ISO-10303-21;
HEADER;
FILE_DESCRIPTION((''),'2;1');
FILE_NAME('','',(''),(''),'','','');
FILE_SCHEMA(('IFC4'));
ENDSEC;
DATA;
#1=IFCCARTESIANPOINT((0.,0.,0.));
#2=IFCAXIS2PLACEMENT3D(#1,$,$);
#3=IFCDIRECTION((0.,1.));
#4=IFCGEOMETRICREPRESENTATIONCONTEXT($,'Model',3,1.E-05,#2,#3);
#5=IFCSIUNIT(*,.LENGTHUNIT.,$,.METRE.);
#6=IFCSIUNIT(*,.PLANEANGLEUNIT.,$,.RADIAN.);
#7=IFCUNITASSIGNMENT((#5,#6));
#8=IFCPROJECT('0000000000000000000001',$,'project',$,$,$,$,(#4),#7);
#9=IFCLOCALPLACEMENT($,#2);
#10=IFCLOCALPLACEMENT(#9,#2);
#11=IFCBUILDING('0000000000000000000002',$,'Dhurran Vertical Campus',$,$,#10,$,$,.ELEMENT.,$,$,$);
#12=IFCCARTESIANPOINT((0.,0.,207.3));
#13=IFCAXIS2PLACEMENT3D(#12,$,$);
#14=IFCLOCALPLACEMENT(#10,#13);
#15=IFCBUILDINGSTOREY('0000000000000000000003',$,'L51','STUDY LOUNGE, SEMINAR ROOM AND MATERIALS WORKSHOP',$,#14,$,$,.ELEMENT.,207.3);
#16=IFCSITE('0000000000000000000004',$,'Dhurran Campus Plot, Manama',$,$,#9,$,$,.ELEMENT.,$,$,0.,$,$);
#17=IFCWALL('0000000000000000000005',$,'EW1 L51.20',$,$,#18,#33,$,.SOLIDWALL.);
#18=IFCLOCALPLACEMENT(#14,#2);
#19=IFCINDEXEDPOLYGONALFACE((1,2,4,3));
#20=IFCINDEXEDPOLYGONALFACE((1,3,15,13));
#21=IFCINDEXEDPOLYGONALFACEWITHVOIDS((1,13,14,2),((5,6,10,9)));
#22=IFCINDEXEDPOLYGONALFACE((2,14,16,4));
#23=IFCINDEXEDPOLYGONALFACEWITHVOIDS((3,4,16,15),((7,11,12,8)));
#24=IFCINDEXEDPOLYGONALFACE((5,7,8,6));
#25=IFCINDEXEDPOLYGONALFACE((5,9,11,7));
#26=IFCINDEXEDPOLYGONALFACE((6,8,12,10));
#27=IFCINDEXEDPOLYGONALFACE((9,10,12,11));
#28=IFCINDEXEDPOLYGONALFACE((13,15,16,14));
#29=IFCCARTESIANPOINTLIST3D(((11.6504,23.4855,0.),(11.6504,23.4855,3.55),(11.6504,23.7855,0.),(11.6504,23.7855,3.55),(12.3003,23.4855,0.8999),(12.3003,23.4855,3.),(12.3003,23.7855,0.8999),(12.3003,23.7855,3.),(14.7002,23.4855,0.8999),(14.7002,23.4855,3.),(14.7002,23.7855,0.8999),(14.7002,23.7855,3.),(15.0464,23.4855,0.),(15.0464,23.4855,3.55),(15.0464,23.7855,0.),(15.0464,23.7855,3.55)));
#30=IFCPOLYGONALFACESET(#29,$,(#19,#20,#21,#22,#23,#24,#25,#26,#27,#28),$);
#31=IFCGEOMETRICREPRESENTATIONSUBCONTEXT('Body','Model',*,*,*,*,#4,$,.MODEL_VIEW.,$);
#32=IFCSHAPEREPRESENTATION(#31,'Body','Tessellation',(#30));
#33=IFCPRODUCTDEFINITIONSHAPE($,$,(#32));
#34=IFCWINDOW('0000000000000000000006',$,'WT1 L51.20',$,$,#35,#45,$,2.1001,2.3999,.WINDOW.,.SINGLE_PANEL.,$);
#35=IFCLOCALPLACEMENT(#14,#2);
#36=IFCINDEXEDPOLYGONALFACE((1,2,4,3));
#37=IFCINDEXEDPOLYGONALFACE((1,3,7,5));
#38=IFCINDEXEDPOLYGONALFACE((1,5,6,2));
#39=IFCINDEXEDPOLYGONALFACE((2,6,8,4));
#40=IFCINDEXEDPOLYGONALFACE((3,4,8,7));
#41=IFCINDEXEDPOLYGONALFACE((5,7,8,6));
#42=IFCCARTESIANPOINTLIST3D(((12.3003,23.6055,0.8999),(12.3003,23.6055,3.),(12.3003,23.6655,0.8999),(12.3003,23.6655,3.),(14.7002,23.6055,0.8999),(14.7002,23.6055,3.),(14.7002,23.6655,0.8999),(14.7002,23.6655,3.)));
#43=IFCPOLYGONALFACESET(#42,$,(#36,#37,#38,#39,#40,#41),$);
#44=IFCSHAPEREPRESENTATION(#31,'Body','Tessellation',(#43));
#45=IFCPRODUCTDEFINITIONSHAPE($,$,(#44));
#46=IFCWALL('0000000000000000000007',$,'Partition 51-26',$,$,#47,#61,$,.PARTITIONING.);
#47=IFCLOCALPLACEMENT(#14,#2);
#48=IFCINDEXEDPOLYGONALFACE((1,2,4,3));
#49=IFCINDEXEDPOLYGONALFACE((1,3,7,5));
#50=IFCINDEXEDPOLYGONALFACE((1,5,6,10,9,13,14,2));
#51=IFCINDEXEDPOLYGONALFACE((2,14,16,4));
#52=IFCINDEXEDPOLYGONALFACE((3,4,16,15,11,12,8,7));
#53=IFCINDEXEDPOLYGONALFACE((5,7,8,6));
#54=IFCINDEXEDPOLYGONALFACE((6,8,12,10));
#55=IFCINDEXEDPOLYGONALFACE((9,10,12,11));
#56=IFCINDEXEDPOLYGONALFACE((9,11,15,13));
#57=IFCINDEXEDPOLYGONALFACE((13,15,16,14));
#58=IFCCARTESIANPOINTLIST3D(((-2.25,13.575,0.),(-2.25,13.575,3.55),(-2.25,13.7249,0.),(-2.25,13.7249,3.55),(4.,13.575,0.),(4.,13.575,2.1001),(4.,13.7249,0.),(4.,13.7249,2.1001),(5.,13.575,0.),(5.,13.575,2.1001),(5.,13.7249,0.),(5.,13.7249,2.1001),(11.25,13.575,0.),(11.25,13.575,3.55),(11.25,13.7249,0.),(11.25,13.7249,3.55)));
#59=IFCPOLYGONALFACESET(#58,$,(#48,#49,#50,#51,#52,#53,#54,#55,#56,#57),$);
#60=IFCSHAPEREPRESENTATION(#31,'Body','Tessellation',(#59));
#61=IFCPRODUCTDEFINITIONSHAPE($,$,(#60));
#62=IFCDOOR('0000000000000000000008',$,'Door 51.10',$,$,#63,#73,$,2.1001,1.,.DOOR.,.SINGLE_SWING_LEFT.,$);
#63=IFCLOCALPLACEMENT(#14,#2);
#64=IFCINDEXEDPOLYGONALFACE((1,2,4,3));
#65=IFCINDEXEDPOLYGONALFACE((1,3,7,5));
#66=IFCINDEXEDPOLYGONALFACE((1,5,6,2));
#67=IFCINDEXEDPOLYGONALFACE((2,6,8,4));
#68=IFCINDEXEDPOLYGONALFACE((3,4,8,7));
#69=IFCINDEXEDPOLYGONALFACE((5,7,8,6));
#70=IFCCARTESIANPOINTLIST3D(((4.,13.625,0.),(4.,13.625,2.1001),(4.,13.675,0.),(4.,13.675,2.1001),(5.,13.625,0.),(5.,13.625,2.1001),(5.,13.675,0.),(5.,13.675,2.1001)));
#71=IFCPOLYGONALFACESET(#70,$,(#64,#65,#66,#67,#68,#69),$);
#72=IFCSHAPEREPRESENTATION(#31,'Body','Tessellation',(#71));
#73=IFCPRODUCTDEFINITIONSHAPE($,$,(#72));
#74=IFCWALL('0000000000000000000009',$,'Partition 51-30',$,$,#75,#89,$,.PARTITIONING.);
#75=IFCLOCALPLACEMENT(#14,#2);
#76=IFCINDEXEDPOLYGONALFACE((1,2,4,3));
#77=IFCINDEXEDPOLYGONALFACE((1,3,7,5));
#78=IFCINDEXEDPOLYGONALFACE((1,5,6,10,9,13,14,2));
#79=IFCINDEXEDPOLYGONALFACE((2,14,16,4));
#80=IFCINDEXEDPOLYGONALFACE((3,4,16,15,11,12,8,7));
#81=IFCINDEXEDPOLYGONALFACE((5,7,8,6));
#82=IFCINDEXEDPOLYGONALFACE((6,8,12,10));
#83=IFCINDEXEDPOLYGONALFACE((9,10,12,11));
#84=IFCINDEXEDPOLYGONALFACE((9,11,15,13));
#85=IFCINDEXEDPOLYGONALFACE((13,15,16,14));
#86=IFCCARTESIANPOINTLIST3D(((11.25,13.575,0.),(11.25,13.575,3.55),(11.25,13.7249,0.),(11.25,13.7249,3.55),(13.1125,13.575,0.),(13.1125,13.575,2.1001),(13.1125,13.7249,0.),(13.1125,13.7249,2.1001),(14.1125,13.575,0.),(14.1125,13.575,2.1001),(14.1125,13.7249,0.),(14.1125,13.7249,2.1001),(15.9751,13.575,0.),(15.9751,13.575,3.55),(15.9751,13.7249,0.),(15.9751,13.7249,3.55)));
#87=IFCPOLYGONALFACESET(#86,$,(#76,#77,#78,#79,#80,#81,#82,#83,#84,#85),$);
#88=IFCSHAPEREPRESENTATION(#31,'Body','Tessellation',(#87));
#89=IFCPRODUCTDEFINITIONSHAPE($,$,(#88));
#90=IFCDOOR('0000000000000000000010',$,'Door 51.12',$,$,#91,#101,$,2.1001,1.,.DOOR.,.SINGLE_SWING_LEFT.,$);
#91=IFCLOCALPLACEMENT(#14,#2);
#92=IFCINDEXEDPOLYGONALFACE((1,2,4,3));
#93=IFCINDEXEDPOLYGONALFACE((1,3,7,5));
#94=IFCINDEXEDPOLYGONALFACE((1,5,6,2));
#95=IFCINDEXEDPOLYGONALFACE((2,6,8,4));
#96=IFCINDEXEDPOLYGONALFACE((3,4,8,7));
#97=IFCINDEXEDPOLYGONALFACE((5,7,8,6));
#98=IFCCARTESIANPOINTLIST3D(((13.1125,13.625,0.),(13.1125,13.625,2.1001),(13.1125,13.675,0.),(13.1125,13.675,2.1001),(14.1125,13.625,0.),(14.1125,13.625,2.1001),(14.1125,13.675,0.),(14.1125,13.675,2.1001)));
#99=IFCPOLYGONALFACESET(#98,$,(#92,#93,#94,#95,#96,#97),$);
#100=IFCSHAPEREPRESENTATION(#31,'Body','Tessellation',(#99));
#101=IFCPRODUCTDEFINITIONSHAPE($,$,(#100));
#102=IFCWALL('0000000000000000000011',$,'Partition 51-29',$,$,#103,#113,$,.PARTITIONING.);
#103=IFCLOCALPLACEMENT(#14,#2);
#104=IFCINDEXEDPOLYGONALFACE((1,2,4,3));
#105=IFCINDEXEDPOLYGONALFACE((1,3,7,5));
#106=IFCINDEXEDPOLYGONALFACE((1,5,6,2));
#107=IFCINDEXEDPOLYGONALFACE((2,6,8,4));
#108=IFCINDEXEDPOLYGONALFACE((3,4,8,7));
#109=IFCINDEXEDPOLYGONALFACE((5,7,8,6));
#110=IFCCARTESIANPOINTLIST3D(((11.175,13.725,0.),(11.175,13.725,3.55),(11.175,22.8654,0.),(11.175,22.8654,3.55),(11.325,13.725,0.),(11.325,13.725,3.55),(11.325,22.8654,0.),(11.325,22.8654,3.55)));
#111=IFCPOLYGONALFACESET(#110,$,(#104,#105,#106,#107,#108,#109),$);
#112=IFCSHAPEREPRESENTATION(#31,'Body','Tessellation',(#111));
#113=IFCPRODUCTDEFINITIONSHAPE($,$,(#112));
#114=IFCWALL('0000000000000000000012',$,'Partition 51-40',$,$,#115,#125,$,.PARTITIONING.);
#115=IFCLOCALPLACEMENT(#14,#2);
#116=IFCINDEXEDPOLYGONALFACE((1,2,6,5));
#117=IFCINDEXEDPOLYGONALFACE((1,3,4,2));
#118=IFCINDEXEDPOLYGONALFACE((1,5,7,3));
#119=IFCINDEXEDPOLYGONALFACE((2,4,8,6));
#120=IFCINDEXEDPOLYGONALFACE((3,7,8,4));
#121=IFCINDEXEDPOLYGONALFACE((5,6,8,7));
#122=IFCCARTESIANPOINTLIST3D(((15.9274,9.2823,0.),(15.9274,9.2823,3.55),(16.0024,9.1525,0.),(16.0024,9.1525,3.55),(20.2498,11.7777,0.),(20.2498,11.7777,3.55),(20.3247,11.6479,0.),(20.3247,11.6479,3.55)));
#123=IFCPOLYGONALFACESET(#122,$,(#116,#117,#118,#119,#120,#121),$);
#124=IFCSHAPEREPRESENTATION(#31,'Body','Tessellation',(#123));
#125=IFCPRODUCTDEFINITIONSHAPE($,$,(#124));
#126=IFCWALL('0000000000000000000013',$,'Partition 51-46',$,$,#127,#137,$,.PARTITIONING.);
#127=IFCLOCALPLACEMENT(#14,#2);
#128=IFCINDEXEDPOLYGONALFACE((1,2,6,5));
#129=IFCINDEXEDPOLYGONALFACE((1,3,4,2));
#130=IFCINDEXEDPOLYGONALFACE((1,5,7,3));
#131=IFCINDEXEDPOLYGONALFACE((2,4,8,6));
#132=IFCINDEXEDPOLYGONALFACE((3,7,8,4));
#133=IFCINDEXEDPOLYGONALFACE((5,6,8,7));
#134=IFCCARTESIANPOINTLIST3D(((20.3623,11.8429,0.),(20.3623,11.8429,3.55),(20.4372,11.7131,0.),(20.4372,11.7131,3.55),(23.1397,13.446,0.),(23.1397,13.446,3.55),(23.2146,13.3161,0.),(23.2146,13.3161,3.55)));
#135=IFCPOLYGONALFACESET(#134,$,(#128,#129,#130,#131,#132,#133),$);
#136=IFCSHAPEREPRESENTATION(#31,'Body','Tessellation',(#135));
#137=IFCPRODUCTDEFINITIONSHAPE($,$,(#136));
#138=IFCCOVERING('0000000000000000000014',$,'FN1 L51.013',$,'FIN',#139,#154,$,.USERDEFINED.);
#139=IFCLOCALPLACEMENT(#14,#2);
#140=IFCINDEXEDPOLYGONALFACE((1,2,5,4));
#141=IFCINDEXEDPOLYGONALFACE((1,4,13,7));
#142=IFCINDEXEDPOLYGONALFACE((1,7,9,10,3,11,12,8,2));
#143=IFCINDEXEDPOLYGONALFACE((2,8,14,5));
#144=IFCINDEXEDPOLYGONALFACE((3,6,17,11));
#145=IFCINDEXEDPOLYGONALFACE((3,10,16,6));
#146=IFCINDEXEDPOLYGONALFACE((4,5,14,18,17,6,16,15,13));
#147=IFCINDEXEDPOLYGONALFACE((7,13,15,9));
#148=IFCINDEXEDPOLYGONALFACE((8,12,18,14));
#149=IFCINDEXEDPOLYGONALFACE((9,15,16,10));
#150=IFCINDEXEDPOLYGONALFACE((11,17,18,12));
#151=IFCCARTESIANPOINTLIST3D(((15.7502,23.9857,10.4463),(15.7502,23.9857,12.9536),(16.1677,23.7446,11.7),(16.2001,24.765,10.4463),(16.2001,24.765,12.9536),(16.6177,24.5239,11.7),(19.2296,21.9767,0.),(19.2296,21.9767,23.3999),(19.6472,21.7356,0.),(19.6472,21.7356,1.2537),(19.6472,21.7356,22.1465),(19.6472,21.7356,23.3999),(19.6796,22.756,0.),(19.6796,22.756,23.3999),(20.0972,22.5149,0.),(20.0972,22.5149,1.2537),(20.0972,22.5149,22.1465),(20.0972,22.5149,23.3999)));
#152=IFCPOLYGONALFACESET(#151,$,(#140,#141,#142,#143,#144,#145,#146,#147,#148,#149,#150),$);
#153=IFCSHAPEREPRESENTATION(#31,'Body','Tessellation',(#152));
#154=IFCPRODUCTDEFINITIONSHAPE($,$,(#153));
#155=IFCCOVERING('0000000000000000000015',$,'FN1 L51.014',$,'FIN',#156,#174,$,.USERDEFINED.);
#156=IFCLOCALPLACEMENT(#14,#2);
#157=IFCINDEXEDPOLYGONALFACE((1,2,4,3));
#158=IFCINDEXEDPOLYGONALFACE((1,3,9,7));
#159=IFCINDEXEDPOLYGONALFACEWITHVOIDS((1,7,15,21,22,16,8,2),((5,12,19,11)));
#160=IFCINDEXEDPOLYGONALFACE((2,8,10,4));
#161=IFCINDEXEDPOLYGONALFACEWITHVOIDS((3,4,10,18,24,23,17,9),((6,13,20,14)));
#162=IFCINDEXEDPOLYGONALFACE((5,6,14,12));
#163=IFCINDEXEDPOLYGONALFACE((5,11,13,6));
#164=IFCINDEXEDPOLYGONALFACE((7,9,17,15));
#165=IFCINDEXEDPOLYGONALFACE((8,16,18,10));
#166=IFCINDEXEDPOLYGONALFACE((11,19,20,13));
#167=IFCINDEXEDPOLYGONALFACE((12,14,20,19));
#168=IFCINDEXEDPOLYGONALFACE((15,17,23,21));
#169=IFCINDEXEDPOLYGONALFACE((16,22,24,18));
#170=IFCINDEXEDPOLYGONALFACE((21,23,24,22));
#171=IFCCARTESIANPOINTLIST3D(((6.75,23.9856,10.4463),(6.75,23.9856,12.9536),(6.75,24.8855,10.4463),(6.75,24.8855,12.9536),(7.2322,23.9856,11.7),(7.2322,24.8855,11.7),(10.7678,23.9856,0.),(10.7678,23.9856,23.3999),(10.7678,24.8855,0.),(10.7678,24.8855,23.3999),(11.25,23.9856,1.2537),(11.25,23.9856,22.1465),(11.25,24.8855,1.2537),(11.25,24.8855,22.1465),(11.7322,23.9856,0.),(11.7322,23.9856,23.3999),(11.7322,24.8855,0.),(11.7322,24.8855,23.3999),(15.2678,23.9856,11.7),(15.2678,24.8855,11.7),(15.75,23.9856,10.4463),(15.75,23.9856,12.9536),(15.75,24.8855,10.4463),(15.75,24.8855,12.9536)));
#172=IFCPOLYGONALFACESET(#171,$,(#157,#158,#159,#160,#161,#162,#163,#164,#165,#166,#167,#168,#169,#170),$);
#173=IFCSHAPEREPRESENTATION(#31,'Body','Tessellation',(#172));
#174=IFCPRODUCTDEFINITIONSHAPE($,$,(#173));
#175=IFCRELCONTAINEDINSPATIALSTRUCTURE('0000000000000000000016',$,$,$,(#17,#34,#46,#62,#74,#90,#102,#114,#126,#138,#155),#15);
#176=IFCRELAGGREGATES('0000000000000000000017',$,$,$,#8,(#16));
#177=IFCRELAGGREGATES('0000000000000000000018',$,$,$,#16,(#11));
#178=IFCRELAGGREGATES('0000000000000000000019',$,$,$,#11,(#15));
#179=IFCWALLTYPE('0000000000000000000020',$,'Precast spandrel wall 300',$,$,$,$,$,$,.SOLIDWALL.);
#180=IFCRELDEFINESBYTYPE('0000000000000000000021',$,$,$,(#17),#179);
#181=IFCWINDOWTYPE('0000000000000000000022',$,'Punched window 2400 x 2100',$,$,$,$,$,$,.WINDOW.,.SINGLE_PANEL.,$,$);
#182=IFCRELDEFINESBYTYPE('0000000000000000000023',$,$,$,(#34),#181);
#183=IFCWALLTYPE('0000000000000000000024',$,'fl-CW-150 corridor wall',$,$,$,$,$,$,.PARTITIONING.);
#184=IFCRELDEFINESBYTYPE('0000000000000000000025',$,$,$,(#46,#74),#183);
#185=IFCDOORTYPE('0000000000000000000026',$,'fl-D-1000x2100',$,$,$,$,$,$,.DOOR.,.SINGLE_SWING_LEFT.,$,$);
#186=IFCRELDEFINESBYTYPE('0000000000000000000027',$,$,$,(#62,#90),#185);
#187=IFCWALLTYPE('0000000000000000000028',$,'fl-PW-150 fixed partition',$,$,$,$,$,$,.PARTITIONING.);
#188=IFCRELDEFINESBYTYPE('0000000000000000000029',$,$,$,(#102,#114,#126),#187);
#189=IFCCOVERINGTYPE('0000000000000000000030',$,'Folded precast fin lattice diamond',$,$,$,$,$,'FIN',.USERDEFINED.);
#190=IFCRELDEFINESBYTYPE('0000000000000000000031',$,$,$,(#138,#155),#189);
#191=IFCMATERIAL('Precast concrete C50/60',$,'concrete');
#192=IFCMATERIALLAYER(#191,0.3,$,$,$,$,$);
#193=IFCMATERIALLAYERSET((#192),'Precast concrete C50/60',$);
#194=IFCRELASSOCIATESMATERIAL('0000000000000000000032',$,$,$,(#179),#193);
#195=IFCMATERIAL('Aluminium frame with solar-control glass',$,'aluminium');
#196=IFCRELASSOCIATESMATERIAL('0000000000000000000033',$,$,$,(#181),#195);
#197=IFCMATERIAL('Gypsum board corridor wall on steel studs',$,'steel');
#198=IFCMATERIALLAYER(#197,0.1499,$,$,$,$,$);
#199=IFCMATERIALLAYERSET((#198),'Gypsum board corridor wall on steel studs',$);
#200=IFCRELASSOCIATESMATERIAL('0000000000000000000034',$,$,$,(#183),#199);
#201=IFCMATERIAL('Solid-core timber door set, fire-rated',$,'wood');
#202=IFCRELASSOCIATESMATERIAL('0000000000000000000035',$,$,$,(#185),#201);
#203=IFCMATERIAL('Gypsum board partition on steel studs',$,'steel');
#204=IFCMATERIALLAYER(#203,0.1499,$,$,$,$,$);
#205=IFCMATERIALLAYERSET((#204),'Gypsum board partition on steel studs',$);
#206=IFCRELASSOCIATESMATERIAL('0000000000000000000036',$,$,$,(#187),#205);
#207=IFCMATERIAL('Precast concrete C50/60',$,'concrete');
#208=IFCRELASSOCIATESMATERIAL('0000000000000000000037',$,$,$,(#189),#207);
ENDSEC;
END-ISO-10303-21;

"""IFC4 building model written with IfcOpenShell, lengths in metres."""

from ifc_helpers import new_model, si_unit, direction, frame, frame_2d, origin, place, context, subcontext, project, spatial, polyline, rectangle, outline, extrude, material, layer, layer_set, type_object, element, fill, save


model = new_model("IFC4")

# Units and contexts
model_context = context("Model", 3, precision=1e-05, world=origin(), true_north=direction((0.0, 1.0)))
body_context = subcontext(model_context, "Body", "Model", "MODEL_VIEW")
ifc_project = project(units=[si_unit("LENGTHUNIT", "METRE"), si_unit("PLANEANGLEUNIT", "RADIAN")], contexts=[model_context])

# Site, building, storey
site_placement = place(None, origin())
site = spatial("IfcSite", under=ifc_project, at=site_placement, Name="Dhurran Campus Plot, Manama", CompositionType="ELEMENT", RefElevation=0.0)
building_placement = place(site_placement, origin())
building = spatial("IfcBuilding", under=site, at=building_placement, Name="Dhurran Vertical Campus", CompositionType="ELEMENT")
storey_placement = place(building_placement, frame((0.0, 0.0, 207.3)))
storey = spatial("IfcBuildingStorey", under=building, at=storey_placement, Name="L51", Description="STUDY LOUNGE, SEMINAR ROOM AND MATERIALS WORKSHOP", CompositionType="ELEMENT", Elevation=207.3)

# Wall, opening, window
ifc_material_1 = material(Name="Precast concrete C50/60", Category="concrete")
ifc_layer_1 = layer(ifc_material_1, 0.3)
ifc_layer_set_1 = layer_set([ifc_layer_1], Name="Precast concrete C50/60")
wall_type_1 = type_object("IfcWallType", Name="Precast spandrel wall 300", PredefinedType="SOLIDWALL", material=ifc_layer_set_1)
ifc_material_2 = material(Name="Aluminium frame with solar-control glass", Category="aluminium")
window_type = type_object("IfcWindowType", Name="Punched window 2400 x 2100", PartitioningType="SINGLE_PANEL", PredefinedType="WINDOW", material=ifc_material_2)
wall_1_placement = place(storey_placement, frame((15.0464, 23.6355, 0.0), z_axis=(0.0, 0.0, 1.0), x_axis=(-1.0, 0.0, 0.0)))
wall_1 = element("IfcWall", 1, at=wall_1_placement, inside=storey, type_object=wall_type_1, Name="EW1 L51.20", PredefinedType="SOLIDWALL", context=body_context, shape_type="SweptSolid", body=[
    extrude(rectangle(XDim=3.396, YDim=0.3, at=frame_2d((1.698, 0.0))), origin(), (0.0, 0.0, 1.0), 3.55),
])
opening_1_placement = place(wall_1_placement, frame((0.3462, 0.0, 0.8999)))
opening_1 = element("IfcOpeningElement", 2, at=opening_1_placement, cuts=wall_1, PredefinedType="OPENING", context=body_context, shape_type="SweptSolid", body=[
    extrude(rectangle(XDim=2.3999, YDim=2.1001, at=frame_2d((1.2, 1.05))), frame((0.0, 0.1599, 0.0), z_axis=(0.0, -1.0, 0.0), x_axis=(1.0, 0.0, 0.0)), (0.0, 0.0, 1.0), 0.3201),
])
window_1_placement = place(opening_1_placement, origin())
window_1 = element("IfcWindow", 3, at=window_1_placement, inside=storey, type_object=window_type, Name="WT1 L51.20", OverallHeight=2.1001, OverallWidth=2.3999, PartitioningType="SINGLE_PANEL", PredefinedType="WINDOW", context=body_context, shape_type="SweptSolid", body=[
    extrude(rectangle(XDim=2.3999, YDim=2.1001, at=frame_2d((1.2, 1.05))), frame((0.0, 0.03, 0.0), z_axis=(0.0, -1.0, 0.0), x_axis=(1.0, 0.0, 0.0)), (0.0, 0.0, 1.0), 0.0601),
])
fill(opening_1, window_1)

# Walls, openings, doors
ifc_material_3 = material(Name="Gypsum board corridor wall on steel studs", Category="steel")
ifc_layer_2 = layer(ifc_material_3, 0.1499)
ifc_layer_set_2 = layer_set([ifc_layer_2], Name="Gypsum board corridor wall on steel studs")
wall_type_2 = type_object("IfcWallType", Name="fl-CW-150 corridor wall", PredefinedType="PARTITIONING", material=ifc_layer_set_2)
wall_2_placement = place(storey_placement, frame((11.25, 13.6499, 0.0), z_axis=(0.0, 0.0, 1.0), x_axis=(-1.0, 0.0, 0.0)))
wall_2 = element("IfcWall", 4, at=wall_2_placement, inside=storey, type_object=wall_type_2, Name="Partition 51-26", PredefinedType="PARTITIONING", context=body_context, shape_type="SweptSolid", body=[
    extrude(rectangle(XDim=13.5, YDim=0.1499, at=frame_2d((6.75, 0.0))), origin(), (0.0, 0.0, 1.0), 3.55),
])
opening_2_placement = place(wall_2_placement, frame((6.25, 0.0, 0.0)))
opening_2 = element("IfcOpeningElement", 5, at=opening_2_placement, cuts=wall_2, PredefinedType="OPENING", context=body_context, shape_type="SweptSolid", body=[
    extrude(rectangle(XDim=1.0, YDim=2.1001, at=frame_2d((0.5, 1.05))), frame((0.0, 0.085, 0.0), z_axis=(0.0, -1.0, 0.0), x_axis=(1.0, 0.0, 0.0)), (0.0, 0.0, 1.0), 0.1699),
])
ifc_material_4 = material(Name="Solid-core timber door set, fire-rated", Category="wood")
door_type = type_object("IfcDoorType", Name="fl-D-1000x2100", OperationType="SINGLE_SWING_LEFT", PredefinedType="DOOR", material=ifc_material_4)
door_1_placement = place(opening_2_placement, origin())
door_1 = element("IfcDoor", 6, at=door_1_placement, inside=storey, type_object=door_type, Name="Door 51.10", OperationType="SINGLE_SWING_LEFT", OverallHeight=2.1001, OverallWidth=1.0, PredefinedType="DOOR", context=body_context, shape_type="SweptSolid", body=[
    extrude(rectangle(XDim=1.0, YDim=2.1001, at=frame_2d((0.5, 1.05))), frame((0.0, 0.0249, 0.0), z_axis=(0.0, -1.0, 0.0), x_axis=(1.0, 0.0, 0.0)), (0.0, 0.0, 1.0), 0.05),
])
fill(opening_2, door_1)
wall_3_placement = place(storey_placement, frame((15.9751, 13.6499, 0.0), z_axis=(0.0, 0.0, 1.0), x_axis=(-1.0, 0.0, 0.0)))
wall_3 = element("IfcWall", 7, at=wall_3_placement, inside=storey, type_object=wall_type_2, Name="Partition 51-30", PredefinedType="PARTITIONING", context=body_context, shape_type="SweptSolid", body=[
    extrude(rectangle(XDim=4.7251, YDim=0.1499, at=frame_2d((2.3625, 0.0))), origin(), (0.0, 0.0, 1.0), 3.55),
])
opening_3_placement = place(wall_3_placement, frame((1.8625, 0.0, 0.0)))
opening_3 = element("IfcOpeningElement", 8, at=opening_3_placement, cuts=wall_3, PredefinedType="OPENING", context=body_context, shape_type="SweptSolid", body=[
    extrude(rectangle(XDim=1.0, YDim=2.1001, at=frame_2d((0.5, 1.05))), frame((0.0, 0.085, 0.0), z_axis=(0.0, -1.0, 0.0), x_axis=(1.0, 0.0, 0.0)), (0.0, 0.0, 1.0), 0.1699),
])
door_2_placement = place(opening_3_placement, origin())
door_2 = element("IfcDoor", 9, at=door_2_placement, inside=storey, type_object=door_type, Name="Door 51.12", OperationType="SINGLE_SWING_LEFT", OverallHeight=2.1001, OverallWidth=1.0, PredefinedType="DOOR", context=body_context, shape_type="SweptSolid", body=[
    extrude(rectangle(XDim=1.0, YDim=2.1001, at=frame_2d((0.5, 1.05))), frame((0.0, 0.0249, 0.0), z_axis=(0.0, -1.0, 0.0), x_axis=(1.0, 0.0, 0.0)), (0.0, 0.0, 1.0), 0.05),
])
fill(opening_3, door_2)

# Walls
ifc_material_5 = material(Name="Gypsum board partition on steel studs", Category="steel")
ifc_layer_3 = layer(ifc_material_5, 0.1499)
ifc_layer_set_3 = layer_set([ifc_layer_3], Name="Gypsum board partition on steel studs")
wall_type_3 = type_object("IfcWallType", Name="fl-PW-150 fixed partition", PredefinedType="PARTITIONING", material=ifc_layer_set_3)
wall_4_placement = place(storey_placement, frame((11.25, 22.8655, 0.0), z_axis=(0.0, 0.0, 1.0), x_axis=(0.0, -1.0, 0.0)))
element("IfcWall", 10, at=wall_4_placement, inside=storey, type_object=wall_type_3, Name="Partition 51-29", PredefinedType="PARTITIONING", context=body_context, shape_type="SweptSolid", body=[
    extrude(rectangle(XDim=9.1404, YDim=0.1499, at=frame_2d((4.5703, 0.0))), origin(), (0.0, 0.0, 1.0), 3.55),
])
wall_5_placement = place(storey_placement, frame((20.2874, 11.7129, 0.0), z_axis=(0.0, 0.0, 1.0), x_axis=(-0.866034, -0.499985, 0.0)))
element("IfcWall", 11, at=wall_5_placement, inside=storey, type_object=wall_type_3, Name="Partition 51-40", PredefinedType="PARTITIONING", context=body_context, shape_type="SweptSolid", body=[
    extrude(rectangle(XDim=4.991, YDim=0.1499, at=frame_2d((2.4956, 0.0))), origin(), (0.0, 0.0, 1.0), 3.55),
])
wall_6_placement = place(storey_placement, frame((23.1772, 13.3811, 0.0), z_axis=(0.0, 0.0, 1.0), x_axis=(-0.866089, -0.499889, 0.0)))
element("IfcWall", 12, at=wall_6_placement, inside=storey, type_object=wall_type_3, Name="Partition 51-46", PredefinedType="PARTITIONING", context=body_context, shape_type="SweptSolid", body=[
    extrude(rectangle(XDim=3.2068, YDim=0.1499, at=frame_2d((1.6035, 0.0))), origin(), (0.0, 0.0, 1.0), 3.55),
])

# Coverings
ifc_material_6 = material(Name="Precast concrete C50/60", Category="concrete")
covering_type = type_object("IfcCoveringType", Name="Folded precast fin lattice diamond", ElementType="FIN", PredefinedType="USERDEFINED", material=ifc_material_6)
covering_1_placement = place(storey_placement, frame((19.6472, 21.7356, 0.0), z_axis=(0.50002, 0.866014, 0.0), x_axis=(-0.866014, 0.50002, 0.0)))
element("IfcCovering", 13, at=covering_1_placement, inside=storey, type_object=covering_type, Name="FN1 L51.013", ObjectType="FIN", PredefinedType="USERDEFINED", context=body_context, shape_type="SweptSolid", body=[
    extrude(outline(polyline([(4.5, 10.4463), (0.4822, 0.0), (0.0, 0.0), (0.0, 1.2537), (4.0178, 11.7), (0.0, 22.1465), (0.0, 23.3999), (0.4822, 23.3999), (4.5, 12.9536), (4.5, 10.4463)])), origin(), (0.0, 0.0, 1.0), 0.8999),
])
covering_2_placement = place(storey_placement, frame((15.75, 23.9856, 0.0), z_axis=(0.0, 1.0, 0.0), x_axis=(-1.0, 0.0, 0.0)))
element("IfcCovering", 14, at=covering_2_placement, inside=storey, type_object=covering_type, Name="FN1 L51.014", ObjectType="FIN", PredefinedType="USERDEFINED", context=body_context, shape_type="SweptSolid", body=[
    extrude(outline(polyline([(9.0, 12.9536), (9.0, 10.4463), (4.9822, 0.0), (4.0178, 0.0), (0.0, 10.4463), (0.0, 12.9536), (4.0178, 23.3999), (4.9822, 23.3999), (9.0, 12.9536)]), holes=[polyline([(8.5178, 11.7), (4.5, 22.1465), (0.4822, 11.7), (4.5, 1.2537), (8.5178, 11.7)])]), origin(), (0.0, 0.0, 1.0), 0.8999),
])

save(model, "model.ifc")
